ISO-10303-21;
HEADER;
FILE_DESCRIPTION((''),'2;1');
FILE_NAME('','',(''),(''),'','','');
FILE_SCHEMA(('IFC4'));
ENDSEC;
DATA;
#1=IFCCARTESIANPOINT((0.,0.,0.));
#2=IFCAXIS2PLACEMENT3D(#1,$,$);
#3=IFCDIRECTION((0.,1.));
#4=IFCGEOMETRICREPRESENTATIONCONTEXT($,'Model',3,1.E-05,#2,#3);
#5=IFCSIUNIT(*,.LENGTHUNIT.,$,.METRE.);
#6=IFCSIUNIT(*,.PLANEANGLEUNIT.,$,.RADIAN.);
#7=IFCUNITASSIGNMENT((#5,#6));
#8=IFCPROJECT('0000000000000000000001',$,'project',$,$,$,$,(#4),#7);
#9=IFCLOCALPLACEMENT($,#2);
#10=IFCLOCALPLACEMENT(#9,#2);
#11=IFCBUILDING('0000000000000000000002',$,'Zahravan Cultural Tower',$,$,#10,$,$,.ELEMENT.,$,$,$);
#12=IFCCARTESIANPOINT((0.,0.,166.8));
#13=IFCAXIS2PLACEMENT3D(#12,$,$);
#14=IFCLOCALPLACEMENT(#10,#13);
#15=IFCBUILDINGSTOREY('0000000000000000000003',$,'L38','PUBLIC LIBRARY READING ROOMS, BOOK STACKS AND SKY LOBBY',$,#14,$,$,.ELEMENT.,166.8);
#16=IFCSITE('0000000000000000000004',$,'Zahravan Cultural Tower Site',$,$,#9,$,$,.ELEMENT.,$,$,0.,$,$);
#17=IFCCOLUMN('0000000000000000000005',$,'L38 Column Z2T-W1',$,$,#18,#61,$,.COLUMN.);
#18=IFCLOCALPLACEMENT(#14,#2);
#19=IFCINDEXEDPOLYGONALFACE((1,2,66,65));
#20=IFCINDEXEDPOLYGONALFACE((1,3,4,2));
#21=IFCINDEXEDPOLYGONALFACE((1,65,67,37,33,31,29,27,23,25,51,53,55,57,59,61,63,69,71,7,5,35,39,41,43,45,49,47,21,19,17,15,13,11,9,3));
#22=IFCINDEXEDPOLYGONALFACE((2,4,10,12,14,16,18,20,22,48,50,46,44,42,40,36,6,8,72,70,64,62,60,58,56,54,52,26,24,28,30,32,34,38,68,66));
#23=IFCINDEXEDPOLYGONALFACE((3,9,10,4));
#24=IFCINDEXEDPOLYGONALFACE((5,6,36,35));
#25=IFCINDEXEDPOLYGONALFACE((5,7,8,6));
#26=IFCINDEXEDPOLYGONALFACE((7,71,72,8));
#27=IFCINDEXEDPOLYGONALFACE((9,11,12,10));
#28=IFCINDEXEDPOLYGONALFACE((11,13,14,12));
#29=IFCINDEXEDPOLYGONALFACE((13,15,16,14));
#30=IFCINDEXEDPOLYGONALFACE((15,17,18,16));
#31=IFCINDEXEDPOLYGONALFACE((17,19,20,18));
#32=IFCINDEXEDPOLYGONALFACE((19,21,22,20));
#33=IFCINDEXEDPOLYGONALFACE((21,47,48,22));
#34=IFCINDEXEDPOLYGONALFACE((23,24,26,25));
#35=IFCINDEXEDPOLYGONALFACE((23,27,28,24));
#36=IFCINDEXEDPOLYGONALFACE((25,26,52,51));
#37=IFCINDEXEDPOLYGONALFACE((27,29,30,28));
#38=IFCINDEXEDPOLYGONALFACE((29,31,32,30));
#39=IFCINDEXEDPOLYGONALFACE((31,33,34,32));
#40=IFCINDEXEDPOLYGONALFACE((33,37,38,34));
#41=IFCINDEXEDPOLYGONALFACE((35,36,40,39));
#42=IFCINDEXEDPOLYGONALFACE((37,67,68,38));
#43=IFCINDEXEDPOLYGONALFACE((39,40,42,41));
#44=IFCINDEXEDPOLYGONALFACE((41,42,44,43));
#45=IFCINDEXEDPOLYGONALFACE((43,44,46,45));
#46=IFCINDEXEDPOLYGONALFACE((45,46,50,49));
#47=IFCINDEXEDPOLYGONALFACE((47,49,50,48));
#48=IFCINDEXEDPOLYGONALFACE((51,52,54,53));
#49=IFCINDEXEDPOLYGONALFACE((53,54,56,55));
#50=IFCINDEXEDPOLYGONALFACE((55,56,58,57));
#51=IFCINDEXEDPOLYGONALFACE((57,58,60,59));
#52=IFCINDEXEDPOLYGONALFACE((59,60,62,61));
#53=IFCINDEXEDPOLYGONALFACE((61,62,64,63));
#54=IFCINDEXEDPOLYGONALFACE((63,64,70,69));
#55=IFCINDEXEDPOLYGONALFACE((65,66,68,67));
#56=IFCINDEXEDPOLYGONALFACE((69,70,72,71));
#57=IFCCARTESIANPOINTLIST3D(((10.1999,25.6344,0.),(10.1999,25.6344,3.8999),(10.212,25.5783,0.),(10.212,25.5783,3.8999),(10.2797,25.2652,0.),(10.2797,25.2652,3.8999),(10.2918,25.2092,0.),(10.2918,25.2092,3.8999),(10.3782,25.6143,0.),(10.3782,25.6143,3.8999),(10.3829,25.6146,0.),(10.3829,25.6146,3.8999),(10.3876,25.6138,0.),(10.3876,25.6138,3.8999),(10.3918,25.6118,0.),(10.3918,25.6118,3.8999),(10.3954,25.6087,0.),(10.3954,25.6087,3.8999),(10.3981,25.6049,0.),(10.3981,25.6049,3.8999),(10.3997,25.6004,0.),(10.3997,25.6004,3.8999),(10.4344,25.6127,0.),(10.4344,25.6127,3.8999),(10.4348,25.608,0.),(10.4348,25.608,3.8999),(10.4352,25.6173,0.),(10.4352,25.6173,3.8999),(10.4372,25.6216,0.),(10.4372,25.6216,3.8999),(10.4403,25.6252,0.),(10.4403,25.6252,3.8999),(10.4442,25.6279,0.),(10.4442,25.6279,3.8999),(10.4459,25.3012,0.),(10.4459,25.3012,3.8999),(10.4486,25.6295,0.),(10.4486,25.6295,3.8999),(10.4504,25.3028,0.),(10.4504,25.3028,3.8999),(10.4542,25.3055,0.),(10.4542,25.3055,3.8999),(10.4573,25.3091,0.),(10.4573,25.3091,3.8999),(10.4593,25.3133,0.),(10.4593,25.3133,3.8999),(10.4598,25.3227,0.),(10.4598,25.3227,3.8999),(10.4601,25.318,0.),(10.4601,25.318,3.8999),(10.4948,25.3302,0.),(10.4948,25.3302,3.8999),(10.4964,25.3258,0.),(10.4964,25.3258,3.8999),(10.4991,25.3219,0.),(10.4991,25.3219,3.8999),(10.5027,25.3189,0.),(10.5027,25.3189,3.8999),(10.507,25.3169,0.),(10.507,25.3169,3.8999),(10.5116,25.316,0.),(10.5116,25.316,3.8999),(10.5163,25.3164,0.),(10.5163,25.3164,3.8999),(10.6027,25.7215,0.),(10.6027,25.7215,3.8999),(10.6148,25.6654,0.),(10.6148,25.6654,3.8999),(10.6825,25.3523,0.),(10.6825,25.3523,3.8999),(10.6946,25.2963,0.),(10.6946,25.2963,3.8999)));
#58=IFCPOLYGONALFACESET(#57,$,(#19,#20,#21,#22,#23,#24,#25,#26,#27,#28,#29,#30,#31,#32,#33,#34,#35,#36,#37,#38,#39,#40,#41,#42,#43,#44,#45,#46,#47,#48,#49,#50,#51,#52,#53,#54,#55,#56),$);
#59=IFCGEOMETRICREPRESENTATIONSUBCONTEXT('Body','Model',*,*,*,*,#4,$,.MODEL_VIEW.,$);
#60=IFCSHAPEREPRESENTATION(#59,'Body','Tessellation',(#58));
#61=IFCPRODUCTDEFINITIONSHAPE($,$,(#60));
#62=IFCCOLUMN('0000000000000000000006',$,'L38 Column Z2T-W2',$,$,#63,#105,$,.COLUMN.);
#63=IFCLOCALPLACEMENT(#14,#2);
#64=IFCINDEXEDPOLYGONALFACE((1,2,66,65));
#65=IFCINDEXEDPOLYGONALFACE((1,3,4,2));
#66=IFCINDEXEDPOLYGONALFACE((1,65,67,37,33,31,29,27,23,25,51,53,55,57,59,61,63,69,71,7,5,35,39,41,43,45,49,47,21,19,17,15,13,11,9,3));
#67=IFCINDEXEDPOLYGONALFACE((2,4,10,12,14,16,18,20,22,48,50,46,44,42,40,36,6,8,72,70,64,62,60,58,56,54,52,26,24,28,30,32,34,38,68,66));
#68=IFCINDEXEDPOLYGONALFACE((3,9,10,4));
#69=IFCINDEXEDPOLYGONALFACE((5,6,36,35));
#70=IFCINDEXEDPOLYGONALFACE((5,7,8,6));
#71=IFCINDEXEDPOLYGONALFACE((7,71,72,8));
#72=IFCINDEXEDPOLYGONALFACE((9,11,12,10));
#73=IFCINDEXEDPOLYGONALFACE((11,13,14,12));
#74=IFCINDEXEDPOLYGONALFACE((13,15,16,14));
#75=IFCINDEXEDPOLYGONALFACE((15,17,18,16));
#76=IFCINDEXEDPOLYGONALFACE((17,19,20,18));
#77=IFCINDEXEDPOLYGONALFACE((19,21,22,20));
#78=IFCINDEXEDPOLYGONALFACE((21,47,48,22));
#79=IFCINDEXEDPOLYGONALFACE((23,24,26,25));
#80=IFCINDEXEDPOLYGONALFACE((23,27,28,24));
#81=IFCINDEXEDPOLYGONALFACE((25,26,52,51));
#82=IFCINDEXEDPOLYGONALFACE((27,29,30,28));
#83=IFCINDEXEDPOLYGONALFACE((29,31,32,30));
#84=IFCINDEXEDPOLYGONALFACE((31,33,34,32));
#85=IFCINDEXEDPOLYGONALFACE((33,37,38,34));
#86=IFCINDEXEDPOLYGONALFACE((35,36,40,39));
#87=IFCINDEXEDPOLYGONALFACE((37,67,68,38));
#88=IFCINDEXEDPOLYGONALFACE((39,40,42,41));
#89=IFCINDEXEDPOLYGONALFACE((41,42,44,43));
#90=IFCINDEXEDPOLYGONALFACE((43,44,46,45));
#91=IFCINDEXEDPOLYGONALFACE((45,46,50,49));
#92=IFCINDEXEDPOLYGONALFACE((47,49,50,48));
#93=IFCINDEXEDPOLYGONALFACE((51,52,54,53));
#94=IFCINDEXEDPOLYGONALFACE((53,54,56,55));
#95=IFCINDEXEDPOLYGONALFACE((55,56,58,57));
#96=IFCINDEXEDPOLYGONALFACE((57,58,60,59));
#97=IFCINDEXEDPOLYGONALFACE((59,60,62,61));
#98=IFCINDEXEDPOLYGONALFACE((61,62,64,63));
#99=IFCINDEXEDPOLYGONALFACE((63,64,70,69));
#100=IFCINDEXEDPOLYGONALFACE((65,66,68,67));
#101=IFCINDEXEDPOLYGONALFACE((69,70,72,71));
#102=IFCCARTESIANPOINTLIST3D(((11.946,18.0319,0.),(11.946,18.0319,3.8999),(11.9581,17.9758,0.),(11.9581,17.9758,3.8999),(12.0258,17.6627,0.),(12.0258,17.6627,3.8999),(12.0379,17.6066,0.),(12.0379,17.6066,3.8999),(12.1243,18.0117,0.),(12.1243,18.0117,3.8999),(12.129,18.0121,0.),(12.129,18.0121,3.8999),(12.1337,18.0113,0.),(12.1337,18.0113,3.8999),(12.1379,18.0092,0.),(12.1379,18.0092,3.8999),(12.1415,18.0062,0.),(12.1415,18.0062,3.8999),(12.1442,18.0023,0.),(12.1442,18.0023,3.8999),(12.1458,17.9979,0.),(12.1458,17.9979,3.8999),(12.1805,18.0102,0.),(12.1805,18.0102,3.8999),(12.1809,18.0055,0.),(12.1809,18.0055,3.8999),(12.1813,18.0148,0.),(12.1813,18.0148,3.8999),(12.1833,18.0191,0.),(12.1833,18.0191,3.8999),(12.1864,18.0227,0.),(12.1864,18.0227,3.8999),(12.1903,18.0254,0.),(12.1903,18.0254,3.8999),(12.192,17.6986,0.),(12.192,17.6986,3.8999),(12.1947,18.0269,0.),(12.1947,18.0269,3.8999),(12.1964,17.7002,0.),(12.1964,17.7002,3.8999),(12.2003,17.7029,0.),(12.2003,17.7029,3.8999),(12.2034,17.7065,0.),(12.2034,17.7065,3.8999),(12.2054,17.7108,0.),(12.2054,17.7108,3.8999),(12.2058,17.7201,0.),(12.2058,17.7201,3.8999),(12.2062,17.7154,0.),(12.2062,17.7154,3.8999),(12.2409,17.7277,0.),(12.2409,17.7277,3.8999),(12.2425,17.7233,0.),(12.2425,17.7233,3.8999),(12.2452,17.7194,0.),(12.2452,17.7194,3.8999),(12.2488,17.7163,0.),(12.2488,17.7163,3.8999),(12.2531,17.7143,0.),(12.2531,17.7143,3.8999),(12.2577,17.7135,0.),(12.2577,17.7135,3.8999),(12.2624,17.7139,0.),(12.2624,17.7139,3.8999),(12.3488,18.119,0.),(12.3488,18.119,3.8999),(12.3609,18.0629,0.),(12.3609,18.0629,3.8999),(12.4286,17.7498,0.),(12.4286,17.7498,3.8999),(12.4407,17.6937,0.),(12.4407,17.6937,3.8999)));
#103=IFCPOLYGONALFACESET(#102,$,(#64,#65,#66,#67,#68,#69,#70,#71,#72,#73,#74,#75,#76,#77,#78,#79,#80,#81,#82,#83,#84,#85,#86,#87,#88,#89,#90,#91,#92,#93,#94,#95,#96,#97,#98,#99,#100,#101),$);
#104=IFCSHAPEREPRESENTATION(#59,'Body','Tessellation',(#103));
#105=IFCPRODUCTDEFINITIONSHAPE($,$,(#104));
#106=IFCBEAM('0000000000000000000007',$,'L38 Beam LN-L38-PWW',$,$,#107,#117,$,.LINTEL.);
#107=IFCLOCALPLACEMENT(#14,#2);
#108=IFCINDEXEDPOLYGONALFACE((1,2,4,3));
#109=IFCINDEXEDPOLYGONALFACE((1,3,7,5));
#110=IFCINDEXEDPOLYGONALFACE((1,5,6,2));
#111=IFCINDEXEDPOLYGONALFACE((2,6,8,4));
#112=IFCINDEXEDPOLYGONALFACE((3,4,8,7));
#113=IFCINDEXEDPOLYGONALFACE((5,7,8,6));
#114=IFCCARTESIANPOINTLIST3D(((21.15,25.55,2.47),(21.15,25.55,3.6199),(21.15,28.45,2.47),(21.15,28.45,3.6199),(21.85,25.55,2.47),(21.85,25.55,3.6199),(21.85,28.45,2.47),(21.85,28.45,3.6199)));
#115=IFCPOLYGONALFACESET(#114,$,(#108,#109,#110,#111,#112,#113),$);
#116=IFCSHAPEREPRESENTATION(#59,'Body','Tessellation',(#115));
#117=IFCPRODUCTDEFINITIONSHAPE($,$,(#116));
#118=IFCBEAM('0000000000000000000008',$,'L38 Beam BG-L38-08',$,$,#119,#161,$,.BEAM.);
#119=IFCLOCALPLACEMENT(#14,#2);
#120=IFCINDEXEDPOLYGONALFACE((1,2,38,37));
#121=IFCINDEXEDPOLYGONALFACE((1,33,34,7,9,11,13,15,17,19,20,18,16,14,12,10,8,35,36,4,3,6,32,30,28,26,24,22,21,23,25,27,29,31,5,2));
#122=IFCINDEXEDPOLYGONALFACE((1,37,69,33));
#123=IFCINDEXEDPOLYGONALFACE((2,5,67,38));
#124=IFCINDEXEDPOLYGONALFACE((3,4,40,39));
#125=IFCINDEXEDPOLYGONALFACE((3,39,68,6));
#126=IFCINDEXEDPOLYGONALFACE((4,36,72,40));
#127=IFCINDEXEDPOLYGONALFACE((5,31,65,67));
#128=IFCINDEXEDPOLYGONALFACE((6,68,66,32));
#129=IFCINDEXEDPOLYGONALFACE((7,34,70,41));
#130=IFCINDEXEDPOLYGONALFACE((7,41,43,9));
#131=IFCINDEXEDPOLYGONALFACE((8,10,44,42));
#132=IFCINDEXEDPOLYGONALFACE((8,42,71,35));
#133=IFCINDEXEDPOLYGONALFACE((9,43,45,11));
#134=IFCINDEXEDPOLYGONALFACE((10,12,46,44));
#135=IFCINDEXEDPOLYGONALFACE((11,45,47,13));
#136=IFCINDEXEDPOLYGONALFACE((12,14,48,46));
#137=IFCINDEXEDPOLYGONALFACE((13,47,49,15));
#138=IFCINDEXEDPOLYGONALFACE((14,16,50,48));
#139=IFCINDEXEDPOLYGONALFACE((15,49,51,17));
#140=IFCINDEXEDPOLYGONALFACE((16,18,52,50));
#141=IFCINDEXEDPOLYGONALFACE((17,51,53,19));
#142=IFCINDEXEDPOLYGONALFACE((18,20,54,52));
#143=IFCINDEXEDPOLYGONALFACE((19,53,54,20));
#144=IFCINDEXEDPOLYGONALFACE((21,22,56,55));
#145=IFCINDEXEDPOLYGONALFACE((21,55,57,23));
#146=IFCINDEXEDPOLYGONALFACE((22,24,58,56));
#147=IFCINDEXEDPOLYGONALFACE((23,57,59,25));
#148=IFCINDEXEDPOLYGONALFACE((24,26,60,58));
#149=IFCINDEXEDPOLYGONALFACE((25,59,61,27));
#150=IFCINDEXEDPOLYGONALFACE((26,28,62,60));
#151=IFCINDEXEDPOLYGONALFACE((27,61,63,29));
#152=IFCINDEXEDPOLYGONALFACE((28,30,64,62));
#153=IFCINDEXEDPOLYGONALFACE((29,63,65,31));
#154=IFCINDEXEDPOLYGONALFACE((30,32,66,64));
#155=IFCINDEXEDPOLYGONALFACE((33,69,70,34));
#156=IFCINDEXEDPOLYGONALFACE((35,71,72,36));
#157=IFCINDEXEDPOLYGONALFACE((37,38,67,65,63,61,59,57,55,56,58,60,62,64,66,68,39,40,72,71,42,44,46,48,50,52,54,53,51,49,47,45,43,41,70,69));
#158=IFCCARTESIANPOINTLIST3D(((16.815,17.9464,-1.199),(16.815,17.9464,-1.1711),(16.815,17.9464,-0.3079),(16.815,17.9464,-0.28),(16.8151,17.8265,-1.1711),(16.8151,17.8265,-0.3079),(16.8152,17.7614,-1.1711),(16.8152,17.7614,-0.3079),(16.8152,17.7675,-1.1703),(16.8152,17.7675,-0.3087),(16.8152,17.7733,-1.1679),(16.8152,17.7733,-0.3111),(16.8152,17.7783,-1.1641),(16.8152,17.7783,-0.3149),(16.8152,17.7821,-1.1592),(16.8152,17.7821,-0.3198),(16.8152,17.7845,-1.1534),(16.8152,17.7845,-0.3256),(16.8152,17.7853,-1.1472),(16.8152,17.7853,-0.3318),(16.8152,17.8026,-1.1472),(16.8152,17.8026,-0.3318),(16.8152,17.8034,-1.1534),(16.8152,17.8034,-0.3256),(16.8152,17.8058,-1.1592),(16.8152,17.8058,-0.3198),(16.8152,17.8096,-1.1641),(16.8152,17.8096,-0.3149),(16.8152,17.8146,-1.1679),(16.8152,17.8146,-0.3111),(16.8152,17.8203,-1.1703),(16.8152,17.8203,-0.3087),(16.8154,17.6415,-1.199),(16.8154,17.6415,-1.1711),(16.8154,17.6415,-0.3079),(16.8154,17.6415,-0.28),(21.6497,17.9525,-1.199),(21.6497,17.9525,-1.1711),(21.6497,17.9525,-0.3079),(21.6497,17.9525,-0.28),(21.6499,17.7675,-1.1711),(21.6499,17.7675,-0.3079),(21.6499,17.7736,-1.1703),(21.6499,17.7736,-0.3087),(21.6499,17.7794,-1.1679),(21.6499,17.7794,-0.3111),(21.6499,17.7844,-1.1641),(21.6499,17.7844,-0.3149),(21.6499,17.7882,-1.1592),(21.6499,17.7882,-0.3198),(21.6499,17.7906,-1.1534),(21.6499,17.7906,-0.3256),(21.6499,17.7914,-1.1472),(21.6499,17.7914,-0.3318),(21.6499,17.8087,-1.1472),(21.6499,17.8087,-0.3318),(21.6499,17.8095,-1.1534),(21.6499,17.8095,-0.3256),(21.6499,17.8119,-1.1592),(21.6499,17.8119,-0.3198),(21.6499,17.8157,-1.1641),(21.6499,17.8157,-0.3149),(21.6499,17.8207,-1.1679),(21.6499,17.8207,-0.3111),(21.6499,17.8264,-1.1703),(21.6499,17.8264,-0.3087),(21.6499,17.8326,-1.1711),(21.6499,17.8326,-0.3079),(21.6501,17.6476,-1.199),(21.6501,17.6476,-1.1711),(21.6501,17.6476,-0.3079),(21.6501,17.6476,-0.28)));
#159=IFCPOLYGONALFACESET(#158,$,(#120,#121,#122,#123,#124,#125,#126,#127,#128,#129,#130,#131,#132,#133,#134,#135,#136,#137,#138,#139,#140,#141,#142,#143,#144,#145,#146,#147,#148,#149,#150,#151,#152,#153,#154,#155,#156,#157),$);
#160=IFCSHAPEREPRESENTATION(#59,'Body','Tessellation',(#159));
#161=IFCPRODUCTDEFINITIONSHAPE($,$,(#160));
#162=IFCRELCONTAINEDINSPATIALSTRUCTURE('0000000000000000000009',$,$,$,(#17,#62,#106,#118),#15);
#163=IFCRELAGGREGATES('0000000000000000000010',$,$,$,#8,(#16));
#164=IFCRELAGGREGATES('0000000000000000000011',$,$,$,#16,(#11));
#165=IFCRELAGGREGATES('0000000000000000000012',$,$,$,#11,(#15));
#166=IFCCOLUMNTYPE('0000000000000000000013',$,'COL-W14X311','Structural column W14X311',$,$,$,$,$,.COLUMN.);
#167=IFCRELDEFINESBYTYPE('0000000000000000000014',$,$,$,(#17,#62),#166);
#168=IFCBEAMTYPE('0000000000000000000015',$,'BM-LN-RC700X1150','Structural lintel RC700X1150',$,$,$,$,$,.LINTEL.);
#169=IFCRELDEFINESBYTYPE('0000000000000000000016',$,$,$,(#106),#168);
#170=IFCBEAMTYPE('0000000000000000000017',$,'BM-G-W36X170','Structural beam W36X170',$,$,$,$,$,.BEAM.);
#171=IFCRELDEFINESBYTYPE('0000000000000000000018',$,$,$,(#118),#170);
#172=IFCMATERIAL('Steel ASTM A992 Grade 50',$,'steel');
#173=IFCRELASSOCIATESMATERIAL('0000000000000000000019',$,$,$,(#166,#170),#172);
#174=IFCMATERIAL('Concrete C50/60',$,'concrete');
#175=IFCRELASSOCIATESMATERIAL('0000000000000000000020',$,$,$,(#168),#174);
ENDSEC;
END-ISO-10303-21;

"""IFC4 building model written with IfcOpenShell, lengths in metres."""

from ifc_helpers import new_model, si_unit, direction, frame, origin, origin_2d, place, context, subcontext, project, spatial, rectangle, i_section, extrude, source, transform, mapped, material, material_profile, profile_set, type_object, element, save


model = new_model("IFC4")

# Units and contexts
model_context = context("Model", 3, precision=1e-05, world=origin(), true_north=direction((0.0, 1.0)))
body_context = subcontext(model_context, "Body", "Model", "MODEL_VIEW")
ifc_project = project(units=[si_unit("LENGTHUNIT", "METRE"), si_unit("PLANEANGLEUNIT", "RADIAN")], contexts=[model_context])

# Site, building, storey
site_placement = place(None, origin())
site = spatial("IfcSite", under=ifc_project, at=site_placement, Name="Zahravan Cultural Tower Site", CompositionType="ELEMENT", RefElevation=0.0)
building_placement = place(site_placement, origin())
building = spatial("IfcBuilding", under=site, at=building_placement, Name="Zahravan Cultural Tower", CompositionType="ELEMENT")
storey_placement = place(building_placement, frame((0.0, 0.0, 166.8)))
storey = spatial("IfcBuildingStorey", under=building, at=storey_placement, Name="L38", Description="PUBLIC LIBRARY READING ROOMS, BOOK STACKS AND SKY LOBBY", CompositionType="ELEMENT", Elevation=166.8)

# Columns
ifc_material_1 = material(Name="Steel ASTM A992 Grade 50", Category="steel")
ifc_material_profile_1 = material_profile(ifc_material_1, i_section(OverallWidth=0.4121, OverallDepth=0.4351, WebThickness=0.0359, FlangeThickness=0.0574, FilletRadius=0.0181, at=origin_2d()), Name="W14X311")
ifc_profile_set_1 = profile_set([ifc_material_profile_1], Name="Steel ASTM A992 Grade 50")
column_type = type_object("IfcColumnType", Name="COL-W14X311", Description="Structural column W14X311", PredefinedType="COLUMN", material=ifc_profile_set_1)
shared_shape_1 = source(origin(), body_context, "Body", "SweptSolid", [
    extrude(i_section(OverallWidth=0.4121, OverallDepth=0.4351, WebThickness=0.0359, FlangeThickness=0.0574, FilletRadius=0.0181, at=origin_2d()), origin(), (0.0, 0.0, 1.0), 3.8999),
])
for number, where, z_axis, x_axis, name in (
    (1, (10.4473, 25.4653, 0.0), (0.0, 0.0, 1.0), (0.977416, 0.211325, 0.0), "L38 Column Z2T-W1"),
    (2, (12.1934, 17.8628, 0.0), (0.0, 0.0, 1.0), (0.977416, 0.211325, 0.0), "L38 Column Z2T-W2"),
):
    element("IfcColumn", number, at=place(storey_placement, frame(where, z_axis=z_axis, x_axis=x_axis)), inside=storey, type_object=column_type, Name=name, PredefinedType="COLUMN", context=body_context, shape_type="MappedRepresentation", body=[
        mapped(shared_shape_1, transform((0.0, 0.0, 0.0), x_axis=(1.0, 0.0, 0.0), y_axis=(0.0, 1.0, 0.0), z_axis=(0.0, 0.0, 1.0), scale=1.0)),
    ])

# Beams
ifc_material_2 = material(Name="Concrete C50/60", Category="concrete")
ifc_material_profile_2 = material_profile(ifc_material_2, rectangle(XDim=0.7, YDim=1.1499, at=origin_2d()), Name="RC700X1150")
ifc_profile_set_2 = profile_set([ifc_material_profile_2], Name="Concrete C50/60")
beam_type_1 = type_object("IfcBeamType", Name="BM-LN-RC700X1150", Description="Structural lintel RC700X1150", PredefinedType="LINTEL", material=ifc_profile_set_2)
shared_shape_2 = source(origin(), body_context, "Body", "SweptSolid", [
    extrude(rectangle(XDim=0.7, YDim=1.1499, at=origin_2d()), origin(), (0.0, 0.0, 1.0), 2.8999),
])
beam_1_placement = place(storey_placement, frame((21.5, 25.55, 3.0449), z_axis=(0.0, 1.0, 0.0), x_axis=(-1.0, 0.0, 0.0)))
element("IfcBeam", 3, at=beam_1_placement, inside=storey, type_object=beam_type_1, Name="L38 Beam LN-L38-PWW", PredefinedType="LINTEL", context=body_context, shape_type="MappedRepresentation", body=[
    mapped(shared_shape_2, transform((0.0, 0.0, 0.0), x_axis=(1.0, 0.0, 0.0), y_axis=(0.0, 1.0, 0.0), z_axis=(0.0, 0.0, 1.0), scale=1.0)),
])
ifc_material_profile_3 = material_profile(ifc_material_1, i_section(OverallWidth=0.3049, OverallDepth=0.9189, WebThickness=0.0173, FlangeThickness=0.0278, FilletRadius=0.0239, at=origin_2d()), Name="W36X170")
ifc_profile_set_3 = profile_set([ifc_material_profile_3], Name="Steel ASTM A992 Grade 50")
beam_type_2 = type_object("IfcBeamType", Name="BM-G-W36X170", Description="Structural beam W36X170", PredefinedType="BEAM", material=ifc_profile_set_3)
shared_shape_3 = source(origin(), body_context, "Body", "SweptSolid", [
    extrude(i_section(OverallWidth=0.3049, OverallDepth=0.9189, WebThickness=0.0173, FlangeThickness=0.0278, FilletRadius=0.0239, at=origin_2d()), origin(), (0.0, 0.0, 1.0), 4.8347),
])
beam_2_placement = place(storey_placement, frame((21.6499, 17.8, -0.7395), z_axis=(-0.999999, -0.001262, 0.0), x_axis=(0.001262, -0.999999, 0.0)))
element("IfcBeam", 4, at=beam_2_placement, inside=storey, type_object=beam_type_2, Name="L38 Beam BG-L38-08", PredefinedType="BEAM", context=body_context, shape_type="MappedRepresentation", body=[
    mapped(shared_shape_3, transform((0.0, 0.0, 0.0), x_axis=(1.0, 0.0, 0.0), y_axis=(0.0, 1.0, 0.0), z_axis=(0.0, 0.0, 1.0), scale=1.0)),
])

save(model, "model.ifc")
